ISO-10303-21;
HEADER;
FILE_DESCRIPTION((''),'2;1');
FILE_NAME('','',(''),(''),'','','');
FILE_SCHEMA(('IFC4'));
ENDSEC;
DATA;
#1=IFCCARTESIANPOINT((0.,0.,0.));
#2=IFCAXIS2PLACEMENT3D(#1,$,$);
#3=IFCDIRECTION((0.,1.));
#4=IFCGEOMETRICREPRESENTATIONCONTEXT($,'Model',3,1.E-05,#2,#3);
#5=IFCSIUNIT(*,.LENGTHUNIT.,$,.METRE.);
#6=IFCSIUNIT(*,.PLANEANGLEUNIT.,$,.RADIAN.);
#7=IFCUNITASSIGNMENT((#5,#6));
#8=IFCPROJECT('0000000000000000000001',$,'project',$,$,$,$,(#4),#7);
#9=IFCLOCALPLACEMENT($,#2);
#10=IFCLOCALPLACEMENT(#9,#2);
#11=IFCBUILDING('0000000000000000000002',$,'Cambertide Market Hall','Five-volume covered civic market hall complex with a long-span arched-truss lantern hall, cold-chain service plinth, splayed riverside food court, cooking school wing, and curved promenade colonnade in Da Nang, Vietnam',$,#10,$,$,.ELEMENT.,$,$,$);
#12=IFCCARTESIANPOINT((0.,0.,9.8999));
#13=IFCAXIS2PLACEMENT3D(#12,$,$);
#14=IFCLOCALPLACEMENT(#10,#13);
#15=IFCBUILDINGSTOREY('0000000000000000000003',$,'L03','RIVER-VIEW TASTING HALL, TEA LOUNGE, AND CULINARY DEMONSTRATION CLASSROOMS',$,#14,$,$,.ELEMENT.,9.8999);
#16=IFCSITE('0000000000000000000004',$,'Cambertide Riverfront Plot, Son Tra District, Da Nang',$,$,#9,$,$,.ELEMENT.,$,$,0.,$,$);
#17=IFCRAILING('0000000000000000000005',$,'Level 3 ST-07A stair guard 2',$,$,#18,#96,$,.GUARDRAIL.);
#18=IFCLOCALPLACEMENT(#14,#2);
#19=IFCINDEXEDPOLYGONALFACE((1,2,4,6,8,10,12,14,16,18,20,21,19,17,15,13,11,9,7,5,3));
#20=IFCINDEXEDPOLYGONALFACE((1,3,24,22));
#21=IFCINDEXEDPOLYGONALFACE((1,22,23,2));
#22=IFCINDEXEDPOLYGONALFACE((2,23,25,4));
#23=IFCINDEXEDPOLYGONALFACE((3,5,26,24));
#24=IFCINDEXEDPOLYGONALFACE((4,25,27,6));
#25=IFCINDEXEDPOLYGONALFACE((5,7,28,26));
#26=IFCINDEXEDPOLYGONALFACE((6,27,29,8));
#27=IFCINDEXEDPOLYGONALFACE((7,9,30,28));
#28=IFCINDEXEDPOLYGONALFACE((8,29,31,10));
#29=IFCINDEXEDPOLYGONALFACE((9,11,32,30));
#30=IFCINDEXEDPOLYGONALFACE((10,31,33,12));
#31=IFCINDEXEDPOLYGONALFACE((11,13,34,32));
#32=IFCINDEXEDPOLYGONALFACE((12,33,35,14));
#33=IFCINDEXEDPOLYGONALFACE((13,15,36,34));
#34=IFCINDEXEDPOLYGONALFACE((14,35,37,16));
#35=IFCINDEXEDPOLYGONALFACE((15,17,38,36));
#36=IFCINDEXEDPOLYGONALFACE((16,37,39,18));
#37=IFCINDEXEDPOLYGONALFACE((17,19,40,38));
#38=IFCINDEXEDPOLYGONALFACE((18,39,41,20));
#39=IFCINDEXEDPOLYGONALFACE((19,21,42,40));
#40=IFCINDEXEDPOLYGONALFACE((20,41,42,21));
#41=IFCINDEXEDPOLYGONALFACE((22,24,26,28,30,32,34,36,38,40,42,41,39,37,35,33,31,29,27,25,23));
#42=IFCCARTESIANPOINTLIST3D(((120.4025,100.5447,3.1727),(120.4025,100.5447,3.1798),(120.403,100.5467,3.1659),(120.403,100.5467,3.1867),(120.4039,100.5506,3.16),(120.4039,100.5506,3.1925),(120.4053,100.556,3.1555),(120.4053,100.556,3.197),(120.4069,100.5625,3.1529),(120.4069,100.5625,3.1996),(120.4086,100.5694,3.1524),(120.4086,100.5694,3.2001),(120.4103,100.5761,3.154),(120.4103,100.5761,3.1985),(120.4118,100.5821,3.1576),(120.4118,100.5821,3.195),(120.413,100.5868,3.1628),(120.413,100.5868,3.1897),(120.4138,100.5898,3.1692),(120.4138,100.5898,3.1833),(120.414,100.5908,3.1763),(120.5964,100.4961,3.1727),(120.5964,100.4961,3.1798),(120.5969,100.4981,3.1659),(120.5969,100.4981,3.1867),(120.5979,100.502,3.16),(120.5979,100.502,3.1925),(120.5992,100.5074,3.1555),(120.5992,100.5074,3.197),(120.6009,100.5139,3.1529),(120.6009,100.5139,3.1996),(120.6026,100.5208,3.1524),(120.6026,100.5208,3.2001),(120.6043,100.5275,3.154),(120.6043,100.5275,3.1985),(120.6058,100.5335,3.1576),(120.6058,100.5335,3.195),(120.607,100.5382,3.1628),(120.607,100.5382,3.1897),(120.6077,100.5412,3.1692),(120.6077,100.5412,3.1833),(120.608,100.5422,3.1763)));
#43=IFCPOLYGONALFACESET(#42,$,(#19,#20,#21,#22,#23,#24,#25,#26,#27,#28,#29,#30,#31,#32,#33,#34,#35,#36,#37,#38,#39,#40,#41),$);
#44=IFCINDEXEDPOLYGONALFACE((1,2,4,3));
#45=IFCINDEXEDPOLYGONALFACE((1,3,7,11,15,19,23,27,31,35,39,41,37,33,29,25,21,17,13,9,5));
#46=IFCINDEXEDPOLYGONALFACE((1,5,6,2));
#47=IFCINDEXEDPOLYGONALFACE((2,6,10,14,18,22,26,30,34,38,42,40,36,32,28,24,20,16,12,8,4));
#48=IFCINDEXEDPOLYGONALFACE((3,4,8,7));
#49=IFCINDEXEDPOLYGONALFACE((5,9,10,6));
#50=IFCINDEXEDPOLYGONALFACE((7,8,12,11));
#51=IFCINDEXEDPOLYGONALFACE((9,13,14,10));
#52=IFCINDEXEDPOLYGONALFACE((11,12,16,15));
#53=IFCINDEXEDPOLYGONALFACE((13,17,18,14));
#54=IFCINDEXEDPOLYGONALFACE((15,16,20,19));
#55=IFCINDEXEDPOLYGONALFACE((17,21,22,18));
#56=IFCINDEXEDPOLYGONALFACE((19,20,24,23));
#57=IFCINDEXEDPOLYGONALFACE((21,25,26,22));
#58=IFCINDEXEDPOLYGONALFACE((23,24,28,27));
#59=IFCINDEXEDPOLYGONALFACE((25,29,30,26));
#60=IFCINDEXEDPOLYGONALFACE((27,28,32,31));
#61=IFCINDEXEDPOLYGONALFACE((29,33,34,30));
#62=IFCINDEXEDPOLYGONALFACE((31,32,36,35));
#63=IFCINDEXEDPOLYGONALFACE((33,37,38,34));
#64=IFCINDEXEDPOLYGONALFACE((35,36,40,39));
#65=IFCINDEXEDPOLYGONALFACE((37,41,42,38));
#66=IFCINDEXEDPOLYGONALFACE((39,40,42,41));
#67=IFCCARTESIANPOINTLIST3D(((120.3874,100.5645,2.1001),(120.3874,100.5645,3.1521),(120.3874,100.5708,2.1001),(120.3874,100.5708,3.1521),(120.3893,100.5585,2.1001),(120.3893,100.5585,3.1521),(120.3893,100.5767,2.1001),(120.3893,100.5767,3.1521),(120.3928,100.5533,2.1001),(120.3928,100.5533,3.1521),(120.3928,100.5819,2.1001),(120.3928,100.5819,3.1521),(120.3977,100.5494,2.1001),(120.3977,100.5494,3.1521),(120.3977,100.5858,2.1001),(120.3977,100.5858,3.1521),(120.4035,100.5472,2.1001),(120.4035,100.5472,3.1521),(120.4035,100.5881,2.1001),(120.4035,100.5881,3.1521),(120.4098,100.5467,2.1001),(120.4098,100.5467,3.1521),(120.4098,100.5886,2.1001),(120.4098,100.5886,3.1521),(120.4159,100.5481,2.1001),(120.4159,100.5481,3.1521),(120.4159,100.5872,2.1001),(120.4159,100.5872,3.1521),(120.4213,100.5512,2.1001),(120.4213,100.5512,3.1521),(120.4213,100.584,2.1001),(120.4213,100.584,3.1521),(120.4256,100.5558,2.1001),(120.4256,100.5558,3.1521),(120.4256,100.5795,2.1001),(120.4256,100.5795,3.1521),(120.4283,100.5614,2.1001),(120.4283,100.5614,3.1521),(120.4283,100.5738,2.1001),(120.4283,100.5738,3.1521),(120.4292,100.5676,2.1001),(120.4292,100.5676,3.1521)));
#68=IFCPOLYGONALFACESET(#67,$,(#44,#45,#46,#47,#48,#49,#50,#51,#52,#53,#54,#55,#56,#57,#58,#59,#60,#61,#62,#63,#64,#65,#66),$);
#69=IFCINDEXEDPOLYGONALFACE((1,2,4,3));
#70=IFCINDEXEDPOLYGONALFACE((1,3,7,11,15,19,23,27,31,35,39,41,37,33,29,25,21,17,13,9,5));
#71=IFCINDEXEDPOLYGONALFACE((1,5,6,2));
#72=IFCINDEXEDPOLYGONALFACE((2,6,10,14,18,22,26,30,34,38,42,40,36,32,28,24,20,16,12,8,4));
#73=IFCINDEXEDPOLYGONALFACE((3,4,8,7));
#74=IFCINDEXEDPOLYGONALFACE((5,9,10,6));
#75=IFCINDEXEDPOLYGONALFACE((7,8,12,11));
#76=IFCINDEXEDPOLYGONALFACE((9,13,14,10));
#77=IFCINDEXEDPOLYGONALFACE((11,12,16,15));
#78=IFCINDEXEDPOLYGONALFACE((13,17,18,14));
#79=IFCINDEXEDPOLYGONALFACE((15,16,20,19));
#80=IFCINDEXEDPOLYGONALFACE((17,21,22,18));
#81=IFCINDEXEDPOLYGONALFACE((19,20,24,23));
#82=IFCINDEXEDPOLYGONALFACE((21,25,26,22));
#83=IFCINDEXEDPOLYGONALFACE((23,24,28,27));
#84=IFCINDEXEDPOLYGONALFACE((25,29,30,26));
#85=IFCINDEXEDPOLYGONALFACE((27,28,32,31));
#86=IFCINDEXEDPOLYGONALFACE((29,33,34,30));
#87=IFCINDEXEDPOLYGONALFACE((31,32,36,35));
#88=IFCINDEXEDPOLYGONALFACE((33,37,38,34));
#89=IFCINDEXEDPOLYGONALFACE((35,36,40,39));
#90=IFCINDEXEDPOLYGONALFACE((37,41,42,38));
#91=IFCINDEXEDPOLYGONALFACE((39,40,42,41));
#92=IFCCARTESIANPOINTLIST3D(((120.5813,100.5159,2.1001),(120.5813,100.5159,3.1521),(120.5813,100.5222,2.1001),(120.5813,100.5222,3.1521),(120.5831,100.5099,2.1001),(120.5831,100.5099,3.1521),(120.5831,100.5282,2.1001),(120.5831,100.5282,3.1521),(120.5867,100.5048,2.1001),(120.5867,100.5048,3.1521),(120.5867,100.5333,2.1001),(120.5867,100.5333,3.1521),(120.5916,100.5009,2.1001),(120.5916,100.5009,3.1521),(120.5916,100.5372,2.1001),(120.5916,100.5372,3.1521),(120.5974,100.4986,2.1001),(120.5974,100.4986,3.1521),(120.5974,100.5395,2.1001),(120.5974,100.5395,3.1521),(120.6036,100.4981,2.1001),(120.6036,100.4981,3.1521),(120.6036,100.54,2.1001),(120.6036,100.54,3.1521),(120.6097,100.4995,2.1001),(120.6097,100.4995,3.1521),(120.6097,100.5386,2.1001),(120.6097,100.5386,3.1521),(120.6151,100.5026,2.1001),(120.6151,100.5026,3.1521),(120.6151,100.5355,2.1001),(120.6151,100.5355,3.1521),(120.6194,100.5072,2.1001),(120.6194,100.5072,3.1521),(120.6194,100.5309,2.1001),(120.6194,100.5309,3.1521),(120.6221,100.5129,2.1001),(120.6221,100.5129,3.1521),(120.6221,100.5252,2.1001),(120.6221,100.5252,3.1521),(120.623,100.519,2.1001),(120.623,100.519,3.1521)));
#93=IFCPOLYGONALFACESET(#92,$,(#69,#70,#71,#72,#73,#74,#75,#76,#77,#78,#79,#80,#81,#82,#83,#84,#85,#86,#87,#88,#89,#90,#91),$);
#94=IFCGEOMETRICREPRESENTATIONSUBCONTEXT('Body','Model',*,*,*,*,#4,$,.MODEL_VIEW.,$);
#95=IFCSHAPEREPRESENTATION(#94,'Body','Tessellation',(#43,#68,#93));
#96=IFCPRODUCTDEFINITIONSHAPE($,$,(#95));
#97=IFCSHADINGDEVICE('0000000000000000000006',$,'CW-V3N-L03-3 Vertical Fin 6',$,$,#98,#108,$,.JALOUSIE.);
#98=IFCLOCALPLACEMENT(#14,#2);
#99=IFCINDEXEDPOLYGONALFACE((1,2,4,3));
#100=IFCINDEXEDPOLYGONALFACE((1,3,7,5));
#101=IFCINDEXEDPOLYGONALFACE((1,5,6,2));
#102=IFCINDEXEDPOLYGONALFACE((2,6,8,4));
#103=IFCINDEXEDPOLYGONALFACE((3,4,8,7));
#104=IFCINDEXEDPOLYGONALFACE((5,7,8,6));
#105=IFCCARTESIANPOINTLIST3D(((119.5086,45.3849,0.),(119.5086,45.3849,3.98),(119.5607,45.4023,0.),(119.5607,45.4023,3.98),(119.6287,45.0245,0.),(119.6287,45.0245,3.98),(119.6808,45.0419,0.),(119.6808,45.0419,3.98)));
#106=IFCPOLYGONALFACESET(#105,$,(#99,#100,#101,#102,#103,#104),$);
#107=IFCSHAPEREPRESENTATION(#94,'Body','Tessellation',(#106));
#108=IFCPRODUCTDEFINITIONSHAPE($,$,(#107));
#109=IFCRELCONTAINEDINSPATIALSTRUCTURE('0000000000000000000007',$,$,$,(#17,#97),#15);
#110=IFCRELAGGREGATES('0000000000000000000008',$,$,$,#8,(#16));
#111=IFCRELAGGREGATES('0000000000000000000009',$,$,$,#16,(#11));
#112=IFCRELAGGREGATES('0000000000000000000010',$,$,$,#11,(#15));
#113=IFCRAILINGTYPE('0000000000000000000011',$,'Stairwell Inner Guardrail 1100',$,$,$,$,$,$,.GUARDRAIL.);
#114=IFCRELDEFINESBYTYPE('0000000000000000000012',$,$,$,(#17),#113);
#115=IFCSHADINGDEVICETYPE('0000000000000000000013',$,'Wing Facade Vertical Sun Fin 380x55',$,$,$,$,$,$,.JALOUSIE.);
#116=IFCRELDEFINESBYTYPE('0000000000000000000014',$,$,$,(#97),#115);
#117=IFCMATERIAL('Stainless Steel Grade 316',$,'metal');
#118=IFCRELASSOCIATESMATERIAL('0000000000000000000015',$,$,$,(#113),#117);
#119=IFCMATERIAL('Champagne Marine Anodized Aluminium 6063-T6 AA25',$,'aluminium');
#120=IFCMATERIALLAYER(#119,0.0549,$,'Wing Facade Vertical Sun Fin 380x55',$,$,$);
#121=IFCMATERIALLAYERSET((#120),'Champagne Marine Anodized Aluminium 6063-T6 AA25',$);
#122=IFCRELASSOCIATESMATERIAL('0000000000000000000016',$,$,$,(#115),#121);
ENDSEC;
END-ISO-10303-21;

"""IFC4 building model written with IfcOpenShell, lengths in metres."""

from ifc_helpers import new_model, si_unit, direction, frame, origin, origin_2d, place, context, subcontext, project, spatial, rectangle, circle, extrude, material, layer, layer_set, type_object, element, save


model = new_model("IFC4")

# Units and contexts
model_context = context("Model", 3, precision=1e-05, world=origin(), true_north=direction((0.0, 1.0)))
body_context = subcontext(model_context, "Body", "Model", "MODEL_VIEW")
ifc_project = project(units=[si_unit("LENGTHUNIT", "METRE"), si_unit("PLANEANGLEUNIT", "RADIAN")], contexts=[model_context])

# Site, building, storey
site_placement = place(None, origin())
site = spatial("IfcSite", under=ifc_project, at=site_placement, Name="Cambertide Riverfront Plot, Son Tra District, Da Nang", CompositionType="ELEMENT", RefElevation=0.0)
building_placement = place(site_placement, origin())
building = spatial("IfcBuilding", under=site, at=building_placement, Name="Cambertide Market Hall", Description="Five-volume covered civic market hall complex with a long-span arched-truss lantern hall, cold-chain service plinth, splayed riverside food court, cooking school wing, and curved promenade colonnade in Da Nang, Vietnam", CompositionType="ELEMENT")
storey_placement = place(building_placement, frame((0.0, 0.0, 9.8999)))
storey = spatial("IfcBuildingStorey", under=building, at=storey_placement, Name="L03", Description="RIVER-VIEW TASTING HALL, TEA LOUNGE, AND CULINARY DEMONSTRATION CLASSROOMS", CompositionType="ELEMENT", Elevation=9.8999)

# Railing
ifc_material_1 = material(Name="Stainless Steel Grade 316", Category="metal")
railing_type_1 = type_object("IfcRailingType", Name="Stairwell Inner Guardrail 1100", PredefinedType="GUARDRAIL", material=ifc_material_1)
railing_1_placement = place(storey_placement, frame((120.4082, 100.5676, 2.1001)))
element("IfcRailing", 1, at=railing_1_placement, inside=storey, type_object=railing_type_1, Name="Level 3 ST-07A stair guard 2", PredefinedType="GUARDRAIL", context=body_context, shape_type="SweptSolid", body=[
    extrude(circle(Radius=0.0239, at=origin_2d()), frame((0.0, 0.0, 1.0762), z_axis=(0.969999, -0.24311, 0.0), x_axis=(0.24311, 0.969999, 0.0)), (0.0, 0.0, 1.0), 0.2),
    extrude(circle(Radius=0.021, at=origin_2d()), origin(), (0.0, 0.0, 1.0), 1.052),
    extrude(circle(Radius=0.021, at=origin_2d()), frame((0.1938, -0.0486, 0.0)), (0.0, 0.0, 1.0), 1.052),
])

# Shading device
ifc_material_2 = material(Name="Champagne Marine Anodized Aluminium 6063-T6 AA25", Category="aluminium")
ifc_layer_1 = layer(ifc_material_2, 0.0549, Name="Wing Facade Vertical Sun Fin 380x55")
ifc_layer_set_1 = layer_set([ifc_layer_1], Name="Champagne Marine Anodized Aluminium 6063-T6 AA25")
shading_device_type = type_object("IfcShadingDeviceType", Name="Wing Facade Vertical Sun Fin 380x55", PredefinedType="JALOUSIE", material=ifc_layer_set_1)
shading_device_placement = place(storey_placement, frame((119.5947, 45.2134, 0.0), z_axis=(0.0, 0.0, 1.0), x_axis=(0.948683, 0.316228, 0.0)))
element("IfcShadingDevice", 2, at=shading_device_placement, inside=storey, type_object=shading_device_type, Name="CW-V3N-L03-3 Vertical Fin 6", PredefinedType="JALOUSIE", context=body_context, shape_type="SweptSolid", body=[
    extrude(rectangle(XDim=0.0549, YDim=0.3799, at=origin_2d()), origin(), (0.0, 0.0, 1.0), 3.98),
])

save(model, "model.ifc")
